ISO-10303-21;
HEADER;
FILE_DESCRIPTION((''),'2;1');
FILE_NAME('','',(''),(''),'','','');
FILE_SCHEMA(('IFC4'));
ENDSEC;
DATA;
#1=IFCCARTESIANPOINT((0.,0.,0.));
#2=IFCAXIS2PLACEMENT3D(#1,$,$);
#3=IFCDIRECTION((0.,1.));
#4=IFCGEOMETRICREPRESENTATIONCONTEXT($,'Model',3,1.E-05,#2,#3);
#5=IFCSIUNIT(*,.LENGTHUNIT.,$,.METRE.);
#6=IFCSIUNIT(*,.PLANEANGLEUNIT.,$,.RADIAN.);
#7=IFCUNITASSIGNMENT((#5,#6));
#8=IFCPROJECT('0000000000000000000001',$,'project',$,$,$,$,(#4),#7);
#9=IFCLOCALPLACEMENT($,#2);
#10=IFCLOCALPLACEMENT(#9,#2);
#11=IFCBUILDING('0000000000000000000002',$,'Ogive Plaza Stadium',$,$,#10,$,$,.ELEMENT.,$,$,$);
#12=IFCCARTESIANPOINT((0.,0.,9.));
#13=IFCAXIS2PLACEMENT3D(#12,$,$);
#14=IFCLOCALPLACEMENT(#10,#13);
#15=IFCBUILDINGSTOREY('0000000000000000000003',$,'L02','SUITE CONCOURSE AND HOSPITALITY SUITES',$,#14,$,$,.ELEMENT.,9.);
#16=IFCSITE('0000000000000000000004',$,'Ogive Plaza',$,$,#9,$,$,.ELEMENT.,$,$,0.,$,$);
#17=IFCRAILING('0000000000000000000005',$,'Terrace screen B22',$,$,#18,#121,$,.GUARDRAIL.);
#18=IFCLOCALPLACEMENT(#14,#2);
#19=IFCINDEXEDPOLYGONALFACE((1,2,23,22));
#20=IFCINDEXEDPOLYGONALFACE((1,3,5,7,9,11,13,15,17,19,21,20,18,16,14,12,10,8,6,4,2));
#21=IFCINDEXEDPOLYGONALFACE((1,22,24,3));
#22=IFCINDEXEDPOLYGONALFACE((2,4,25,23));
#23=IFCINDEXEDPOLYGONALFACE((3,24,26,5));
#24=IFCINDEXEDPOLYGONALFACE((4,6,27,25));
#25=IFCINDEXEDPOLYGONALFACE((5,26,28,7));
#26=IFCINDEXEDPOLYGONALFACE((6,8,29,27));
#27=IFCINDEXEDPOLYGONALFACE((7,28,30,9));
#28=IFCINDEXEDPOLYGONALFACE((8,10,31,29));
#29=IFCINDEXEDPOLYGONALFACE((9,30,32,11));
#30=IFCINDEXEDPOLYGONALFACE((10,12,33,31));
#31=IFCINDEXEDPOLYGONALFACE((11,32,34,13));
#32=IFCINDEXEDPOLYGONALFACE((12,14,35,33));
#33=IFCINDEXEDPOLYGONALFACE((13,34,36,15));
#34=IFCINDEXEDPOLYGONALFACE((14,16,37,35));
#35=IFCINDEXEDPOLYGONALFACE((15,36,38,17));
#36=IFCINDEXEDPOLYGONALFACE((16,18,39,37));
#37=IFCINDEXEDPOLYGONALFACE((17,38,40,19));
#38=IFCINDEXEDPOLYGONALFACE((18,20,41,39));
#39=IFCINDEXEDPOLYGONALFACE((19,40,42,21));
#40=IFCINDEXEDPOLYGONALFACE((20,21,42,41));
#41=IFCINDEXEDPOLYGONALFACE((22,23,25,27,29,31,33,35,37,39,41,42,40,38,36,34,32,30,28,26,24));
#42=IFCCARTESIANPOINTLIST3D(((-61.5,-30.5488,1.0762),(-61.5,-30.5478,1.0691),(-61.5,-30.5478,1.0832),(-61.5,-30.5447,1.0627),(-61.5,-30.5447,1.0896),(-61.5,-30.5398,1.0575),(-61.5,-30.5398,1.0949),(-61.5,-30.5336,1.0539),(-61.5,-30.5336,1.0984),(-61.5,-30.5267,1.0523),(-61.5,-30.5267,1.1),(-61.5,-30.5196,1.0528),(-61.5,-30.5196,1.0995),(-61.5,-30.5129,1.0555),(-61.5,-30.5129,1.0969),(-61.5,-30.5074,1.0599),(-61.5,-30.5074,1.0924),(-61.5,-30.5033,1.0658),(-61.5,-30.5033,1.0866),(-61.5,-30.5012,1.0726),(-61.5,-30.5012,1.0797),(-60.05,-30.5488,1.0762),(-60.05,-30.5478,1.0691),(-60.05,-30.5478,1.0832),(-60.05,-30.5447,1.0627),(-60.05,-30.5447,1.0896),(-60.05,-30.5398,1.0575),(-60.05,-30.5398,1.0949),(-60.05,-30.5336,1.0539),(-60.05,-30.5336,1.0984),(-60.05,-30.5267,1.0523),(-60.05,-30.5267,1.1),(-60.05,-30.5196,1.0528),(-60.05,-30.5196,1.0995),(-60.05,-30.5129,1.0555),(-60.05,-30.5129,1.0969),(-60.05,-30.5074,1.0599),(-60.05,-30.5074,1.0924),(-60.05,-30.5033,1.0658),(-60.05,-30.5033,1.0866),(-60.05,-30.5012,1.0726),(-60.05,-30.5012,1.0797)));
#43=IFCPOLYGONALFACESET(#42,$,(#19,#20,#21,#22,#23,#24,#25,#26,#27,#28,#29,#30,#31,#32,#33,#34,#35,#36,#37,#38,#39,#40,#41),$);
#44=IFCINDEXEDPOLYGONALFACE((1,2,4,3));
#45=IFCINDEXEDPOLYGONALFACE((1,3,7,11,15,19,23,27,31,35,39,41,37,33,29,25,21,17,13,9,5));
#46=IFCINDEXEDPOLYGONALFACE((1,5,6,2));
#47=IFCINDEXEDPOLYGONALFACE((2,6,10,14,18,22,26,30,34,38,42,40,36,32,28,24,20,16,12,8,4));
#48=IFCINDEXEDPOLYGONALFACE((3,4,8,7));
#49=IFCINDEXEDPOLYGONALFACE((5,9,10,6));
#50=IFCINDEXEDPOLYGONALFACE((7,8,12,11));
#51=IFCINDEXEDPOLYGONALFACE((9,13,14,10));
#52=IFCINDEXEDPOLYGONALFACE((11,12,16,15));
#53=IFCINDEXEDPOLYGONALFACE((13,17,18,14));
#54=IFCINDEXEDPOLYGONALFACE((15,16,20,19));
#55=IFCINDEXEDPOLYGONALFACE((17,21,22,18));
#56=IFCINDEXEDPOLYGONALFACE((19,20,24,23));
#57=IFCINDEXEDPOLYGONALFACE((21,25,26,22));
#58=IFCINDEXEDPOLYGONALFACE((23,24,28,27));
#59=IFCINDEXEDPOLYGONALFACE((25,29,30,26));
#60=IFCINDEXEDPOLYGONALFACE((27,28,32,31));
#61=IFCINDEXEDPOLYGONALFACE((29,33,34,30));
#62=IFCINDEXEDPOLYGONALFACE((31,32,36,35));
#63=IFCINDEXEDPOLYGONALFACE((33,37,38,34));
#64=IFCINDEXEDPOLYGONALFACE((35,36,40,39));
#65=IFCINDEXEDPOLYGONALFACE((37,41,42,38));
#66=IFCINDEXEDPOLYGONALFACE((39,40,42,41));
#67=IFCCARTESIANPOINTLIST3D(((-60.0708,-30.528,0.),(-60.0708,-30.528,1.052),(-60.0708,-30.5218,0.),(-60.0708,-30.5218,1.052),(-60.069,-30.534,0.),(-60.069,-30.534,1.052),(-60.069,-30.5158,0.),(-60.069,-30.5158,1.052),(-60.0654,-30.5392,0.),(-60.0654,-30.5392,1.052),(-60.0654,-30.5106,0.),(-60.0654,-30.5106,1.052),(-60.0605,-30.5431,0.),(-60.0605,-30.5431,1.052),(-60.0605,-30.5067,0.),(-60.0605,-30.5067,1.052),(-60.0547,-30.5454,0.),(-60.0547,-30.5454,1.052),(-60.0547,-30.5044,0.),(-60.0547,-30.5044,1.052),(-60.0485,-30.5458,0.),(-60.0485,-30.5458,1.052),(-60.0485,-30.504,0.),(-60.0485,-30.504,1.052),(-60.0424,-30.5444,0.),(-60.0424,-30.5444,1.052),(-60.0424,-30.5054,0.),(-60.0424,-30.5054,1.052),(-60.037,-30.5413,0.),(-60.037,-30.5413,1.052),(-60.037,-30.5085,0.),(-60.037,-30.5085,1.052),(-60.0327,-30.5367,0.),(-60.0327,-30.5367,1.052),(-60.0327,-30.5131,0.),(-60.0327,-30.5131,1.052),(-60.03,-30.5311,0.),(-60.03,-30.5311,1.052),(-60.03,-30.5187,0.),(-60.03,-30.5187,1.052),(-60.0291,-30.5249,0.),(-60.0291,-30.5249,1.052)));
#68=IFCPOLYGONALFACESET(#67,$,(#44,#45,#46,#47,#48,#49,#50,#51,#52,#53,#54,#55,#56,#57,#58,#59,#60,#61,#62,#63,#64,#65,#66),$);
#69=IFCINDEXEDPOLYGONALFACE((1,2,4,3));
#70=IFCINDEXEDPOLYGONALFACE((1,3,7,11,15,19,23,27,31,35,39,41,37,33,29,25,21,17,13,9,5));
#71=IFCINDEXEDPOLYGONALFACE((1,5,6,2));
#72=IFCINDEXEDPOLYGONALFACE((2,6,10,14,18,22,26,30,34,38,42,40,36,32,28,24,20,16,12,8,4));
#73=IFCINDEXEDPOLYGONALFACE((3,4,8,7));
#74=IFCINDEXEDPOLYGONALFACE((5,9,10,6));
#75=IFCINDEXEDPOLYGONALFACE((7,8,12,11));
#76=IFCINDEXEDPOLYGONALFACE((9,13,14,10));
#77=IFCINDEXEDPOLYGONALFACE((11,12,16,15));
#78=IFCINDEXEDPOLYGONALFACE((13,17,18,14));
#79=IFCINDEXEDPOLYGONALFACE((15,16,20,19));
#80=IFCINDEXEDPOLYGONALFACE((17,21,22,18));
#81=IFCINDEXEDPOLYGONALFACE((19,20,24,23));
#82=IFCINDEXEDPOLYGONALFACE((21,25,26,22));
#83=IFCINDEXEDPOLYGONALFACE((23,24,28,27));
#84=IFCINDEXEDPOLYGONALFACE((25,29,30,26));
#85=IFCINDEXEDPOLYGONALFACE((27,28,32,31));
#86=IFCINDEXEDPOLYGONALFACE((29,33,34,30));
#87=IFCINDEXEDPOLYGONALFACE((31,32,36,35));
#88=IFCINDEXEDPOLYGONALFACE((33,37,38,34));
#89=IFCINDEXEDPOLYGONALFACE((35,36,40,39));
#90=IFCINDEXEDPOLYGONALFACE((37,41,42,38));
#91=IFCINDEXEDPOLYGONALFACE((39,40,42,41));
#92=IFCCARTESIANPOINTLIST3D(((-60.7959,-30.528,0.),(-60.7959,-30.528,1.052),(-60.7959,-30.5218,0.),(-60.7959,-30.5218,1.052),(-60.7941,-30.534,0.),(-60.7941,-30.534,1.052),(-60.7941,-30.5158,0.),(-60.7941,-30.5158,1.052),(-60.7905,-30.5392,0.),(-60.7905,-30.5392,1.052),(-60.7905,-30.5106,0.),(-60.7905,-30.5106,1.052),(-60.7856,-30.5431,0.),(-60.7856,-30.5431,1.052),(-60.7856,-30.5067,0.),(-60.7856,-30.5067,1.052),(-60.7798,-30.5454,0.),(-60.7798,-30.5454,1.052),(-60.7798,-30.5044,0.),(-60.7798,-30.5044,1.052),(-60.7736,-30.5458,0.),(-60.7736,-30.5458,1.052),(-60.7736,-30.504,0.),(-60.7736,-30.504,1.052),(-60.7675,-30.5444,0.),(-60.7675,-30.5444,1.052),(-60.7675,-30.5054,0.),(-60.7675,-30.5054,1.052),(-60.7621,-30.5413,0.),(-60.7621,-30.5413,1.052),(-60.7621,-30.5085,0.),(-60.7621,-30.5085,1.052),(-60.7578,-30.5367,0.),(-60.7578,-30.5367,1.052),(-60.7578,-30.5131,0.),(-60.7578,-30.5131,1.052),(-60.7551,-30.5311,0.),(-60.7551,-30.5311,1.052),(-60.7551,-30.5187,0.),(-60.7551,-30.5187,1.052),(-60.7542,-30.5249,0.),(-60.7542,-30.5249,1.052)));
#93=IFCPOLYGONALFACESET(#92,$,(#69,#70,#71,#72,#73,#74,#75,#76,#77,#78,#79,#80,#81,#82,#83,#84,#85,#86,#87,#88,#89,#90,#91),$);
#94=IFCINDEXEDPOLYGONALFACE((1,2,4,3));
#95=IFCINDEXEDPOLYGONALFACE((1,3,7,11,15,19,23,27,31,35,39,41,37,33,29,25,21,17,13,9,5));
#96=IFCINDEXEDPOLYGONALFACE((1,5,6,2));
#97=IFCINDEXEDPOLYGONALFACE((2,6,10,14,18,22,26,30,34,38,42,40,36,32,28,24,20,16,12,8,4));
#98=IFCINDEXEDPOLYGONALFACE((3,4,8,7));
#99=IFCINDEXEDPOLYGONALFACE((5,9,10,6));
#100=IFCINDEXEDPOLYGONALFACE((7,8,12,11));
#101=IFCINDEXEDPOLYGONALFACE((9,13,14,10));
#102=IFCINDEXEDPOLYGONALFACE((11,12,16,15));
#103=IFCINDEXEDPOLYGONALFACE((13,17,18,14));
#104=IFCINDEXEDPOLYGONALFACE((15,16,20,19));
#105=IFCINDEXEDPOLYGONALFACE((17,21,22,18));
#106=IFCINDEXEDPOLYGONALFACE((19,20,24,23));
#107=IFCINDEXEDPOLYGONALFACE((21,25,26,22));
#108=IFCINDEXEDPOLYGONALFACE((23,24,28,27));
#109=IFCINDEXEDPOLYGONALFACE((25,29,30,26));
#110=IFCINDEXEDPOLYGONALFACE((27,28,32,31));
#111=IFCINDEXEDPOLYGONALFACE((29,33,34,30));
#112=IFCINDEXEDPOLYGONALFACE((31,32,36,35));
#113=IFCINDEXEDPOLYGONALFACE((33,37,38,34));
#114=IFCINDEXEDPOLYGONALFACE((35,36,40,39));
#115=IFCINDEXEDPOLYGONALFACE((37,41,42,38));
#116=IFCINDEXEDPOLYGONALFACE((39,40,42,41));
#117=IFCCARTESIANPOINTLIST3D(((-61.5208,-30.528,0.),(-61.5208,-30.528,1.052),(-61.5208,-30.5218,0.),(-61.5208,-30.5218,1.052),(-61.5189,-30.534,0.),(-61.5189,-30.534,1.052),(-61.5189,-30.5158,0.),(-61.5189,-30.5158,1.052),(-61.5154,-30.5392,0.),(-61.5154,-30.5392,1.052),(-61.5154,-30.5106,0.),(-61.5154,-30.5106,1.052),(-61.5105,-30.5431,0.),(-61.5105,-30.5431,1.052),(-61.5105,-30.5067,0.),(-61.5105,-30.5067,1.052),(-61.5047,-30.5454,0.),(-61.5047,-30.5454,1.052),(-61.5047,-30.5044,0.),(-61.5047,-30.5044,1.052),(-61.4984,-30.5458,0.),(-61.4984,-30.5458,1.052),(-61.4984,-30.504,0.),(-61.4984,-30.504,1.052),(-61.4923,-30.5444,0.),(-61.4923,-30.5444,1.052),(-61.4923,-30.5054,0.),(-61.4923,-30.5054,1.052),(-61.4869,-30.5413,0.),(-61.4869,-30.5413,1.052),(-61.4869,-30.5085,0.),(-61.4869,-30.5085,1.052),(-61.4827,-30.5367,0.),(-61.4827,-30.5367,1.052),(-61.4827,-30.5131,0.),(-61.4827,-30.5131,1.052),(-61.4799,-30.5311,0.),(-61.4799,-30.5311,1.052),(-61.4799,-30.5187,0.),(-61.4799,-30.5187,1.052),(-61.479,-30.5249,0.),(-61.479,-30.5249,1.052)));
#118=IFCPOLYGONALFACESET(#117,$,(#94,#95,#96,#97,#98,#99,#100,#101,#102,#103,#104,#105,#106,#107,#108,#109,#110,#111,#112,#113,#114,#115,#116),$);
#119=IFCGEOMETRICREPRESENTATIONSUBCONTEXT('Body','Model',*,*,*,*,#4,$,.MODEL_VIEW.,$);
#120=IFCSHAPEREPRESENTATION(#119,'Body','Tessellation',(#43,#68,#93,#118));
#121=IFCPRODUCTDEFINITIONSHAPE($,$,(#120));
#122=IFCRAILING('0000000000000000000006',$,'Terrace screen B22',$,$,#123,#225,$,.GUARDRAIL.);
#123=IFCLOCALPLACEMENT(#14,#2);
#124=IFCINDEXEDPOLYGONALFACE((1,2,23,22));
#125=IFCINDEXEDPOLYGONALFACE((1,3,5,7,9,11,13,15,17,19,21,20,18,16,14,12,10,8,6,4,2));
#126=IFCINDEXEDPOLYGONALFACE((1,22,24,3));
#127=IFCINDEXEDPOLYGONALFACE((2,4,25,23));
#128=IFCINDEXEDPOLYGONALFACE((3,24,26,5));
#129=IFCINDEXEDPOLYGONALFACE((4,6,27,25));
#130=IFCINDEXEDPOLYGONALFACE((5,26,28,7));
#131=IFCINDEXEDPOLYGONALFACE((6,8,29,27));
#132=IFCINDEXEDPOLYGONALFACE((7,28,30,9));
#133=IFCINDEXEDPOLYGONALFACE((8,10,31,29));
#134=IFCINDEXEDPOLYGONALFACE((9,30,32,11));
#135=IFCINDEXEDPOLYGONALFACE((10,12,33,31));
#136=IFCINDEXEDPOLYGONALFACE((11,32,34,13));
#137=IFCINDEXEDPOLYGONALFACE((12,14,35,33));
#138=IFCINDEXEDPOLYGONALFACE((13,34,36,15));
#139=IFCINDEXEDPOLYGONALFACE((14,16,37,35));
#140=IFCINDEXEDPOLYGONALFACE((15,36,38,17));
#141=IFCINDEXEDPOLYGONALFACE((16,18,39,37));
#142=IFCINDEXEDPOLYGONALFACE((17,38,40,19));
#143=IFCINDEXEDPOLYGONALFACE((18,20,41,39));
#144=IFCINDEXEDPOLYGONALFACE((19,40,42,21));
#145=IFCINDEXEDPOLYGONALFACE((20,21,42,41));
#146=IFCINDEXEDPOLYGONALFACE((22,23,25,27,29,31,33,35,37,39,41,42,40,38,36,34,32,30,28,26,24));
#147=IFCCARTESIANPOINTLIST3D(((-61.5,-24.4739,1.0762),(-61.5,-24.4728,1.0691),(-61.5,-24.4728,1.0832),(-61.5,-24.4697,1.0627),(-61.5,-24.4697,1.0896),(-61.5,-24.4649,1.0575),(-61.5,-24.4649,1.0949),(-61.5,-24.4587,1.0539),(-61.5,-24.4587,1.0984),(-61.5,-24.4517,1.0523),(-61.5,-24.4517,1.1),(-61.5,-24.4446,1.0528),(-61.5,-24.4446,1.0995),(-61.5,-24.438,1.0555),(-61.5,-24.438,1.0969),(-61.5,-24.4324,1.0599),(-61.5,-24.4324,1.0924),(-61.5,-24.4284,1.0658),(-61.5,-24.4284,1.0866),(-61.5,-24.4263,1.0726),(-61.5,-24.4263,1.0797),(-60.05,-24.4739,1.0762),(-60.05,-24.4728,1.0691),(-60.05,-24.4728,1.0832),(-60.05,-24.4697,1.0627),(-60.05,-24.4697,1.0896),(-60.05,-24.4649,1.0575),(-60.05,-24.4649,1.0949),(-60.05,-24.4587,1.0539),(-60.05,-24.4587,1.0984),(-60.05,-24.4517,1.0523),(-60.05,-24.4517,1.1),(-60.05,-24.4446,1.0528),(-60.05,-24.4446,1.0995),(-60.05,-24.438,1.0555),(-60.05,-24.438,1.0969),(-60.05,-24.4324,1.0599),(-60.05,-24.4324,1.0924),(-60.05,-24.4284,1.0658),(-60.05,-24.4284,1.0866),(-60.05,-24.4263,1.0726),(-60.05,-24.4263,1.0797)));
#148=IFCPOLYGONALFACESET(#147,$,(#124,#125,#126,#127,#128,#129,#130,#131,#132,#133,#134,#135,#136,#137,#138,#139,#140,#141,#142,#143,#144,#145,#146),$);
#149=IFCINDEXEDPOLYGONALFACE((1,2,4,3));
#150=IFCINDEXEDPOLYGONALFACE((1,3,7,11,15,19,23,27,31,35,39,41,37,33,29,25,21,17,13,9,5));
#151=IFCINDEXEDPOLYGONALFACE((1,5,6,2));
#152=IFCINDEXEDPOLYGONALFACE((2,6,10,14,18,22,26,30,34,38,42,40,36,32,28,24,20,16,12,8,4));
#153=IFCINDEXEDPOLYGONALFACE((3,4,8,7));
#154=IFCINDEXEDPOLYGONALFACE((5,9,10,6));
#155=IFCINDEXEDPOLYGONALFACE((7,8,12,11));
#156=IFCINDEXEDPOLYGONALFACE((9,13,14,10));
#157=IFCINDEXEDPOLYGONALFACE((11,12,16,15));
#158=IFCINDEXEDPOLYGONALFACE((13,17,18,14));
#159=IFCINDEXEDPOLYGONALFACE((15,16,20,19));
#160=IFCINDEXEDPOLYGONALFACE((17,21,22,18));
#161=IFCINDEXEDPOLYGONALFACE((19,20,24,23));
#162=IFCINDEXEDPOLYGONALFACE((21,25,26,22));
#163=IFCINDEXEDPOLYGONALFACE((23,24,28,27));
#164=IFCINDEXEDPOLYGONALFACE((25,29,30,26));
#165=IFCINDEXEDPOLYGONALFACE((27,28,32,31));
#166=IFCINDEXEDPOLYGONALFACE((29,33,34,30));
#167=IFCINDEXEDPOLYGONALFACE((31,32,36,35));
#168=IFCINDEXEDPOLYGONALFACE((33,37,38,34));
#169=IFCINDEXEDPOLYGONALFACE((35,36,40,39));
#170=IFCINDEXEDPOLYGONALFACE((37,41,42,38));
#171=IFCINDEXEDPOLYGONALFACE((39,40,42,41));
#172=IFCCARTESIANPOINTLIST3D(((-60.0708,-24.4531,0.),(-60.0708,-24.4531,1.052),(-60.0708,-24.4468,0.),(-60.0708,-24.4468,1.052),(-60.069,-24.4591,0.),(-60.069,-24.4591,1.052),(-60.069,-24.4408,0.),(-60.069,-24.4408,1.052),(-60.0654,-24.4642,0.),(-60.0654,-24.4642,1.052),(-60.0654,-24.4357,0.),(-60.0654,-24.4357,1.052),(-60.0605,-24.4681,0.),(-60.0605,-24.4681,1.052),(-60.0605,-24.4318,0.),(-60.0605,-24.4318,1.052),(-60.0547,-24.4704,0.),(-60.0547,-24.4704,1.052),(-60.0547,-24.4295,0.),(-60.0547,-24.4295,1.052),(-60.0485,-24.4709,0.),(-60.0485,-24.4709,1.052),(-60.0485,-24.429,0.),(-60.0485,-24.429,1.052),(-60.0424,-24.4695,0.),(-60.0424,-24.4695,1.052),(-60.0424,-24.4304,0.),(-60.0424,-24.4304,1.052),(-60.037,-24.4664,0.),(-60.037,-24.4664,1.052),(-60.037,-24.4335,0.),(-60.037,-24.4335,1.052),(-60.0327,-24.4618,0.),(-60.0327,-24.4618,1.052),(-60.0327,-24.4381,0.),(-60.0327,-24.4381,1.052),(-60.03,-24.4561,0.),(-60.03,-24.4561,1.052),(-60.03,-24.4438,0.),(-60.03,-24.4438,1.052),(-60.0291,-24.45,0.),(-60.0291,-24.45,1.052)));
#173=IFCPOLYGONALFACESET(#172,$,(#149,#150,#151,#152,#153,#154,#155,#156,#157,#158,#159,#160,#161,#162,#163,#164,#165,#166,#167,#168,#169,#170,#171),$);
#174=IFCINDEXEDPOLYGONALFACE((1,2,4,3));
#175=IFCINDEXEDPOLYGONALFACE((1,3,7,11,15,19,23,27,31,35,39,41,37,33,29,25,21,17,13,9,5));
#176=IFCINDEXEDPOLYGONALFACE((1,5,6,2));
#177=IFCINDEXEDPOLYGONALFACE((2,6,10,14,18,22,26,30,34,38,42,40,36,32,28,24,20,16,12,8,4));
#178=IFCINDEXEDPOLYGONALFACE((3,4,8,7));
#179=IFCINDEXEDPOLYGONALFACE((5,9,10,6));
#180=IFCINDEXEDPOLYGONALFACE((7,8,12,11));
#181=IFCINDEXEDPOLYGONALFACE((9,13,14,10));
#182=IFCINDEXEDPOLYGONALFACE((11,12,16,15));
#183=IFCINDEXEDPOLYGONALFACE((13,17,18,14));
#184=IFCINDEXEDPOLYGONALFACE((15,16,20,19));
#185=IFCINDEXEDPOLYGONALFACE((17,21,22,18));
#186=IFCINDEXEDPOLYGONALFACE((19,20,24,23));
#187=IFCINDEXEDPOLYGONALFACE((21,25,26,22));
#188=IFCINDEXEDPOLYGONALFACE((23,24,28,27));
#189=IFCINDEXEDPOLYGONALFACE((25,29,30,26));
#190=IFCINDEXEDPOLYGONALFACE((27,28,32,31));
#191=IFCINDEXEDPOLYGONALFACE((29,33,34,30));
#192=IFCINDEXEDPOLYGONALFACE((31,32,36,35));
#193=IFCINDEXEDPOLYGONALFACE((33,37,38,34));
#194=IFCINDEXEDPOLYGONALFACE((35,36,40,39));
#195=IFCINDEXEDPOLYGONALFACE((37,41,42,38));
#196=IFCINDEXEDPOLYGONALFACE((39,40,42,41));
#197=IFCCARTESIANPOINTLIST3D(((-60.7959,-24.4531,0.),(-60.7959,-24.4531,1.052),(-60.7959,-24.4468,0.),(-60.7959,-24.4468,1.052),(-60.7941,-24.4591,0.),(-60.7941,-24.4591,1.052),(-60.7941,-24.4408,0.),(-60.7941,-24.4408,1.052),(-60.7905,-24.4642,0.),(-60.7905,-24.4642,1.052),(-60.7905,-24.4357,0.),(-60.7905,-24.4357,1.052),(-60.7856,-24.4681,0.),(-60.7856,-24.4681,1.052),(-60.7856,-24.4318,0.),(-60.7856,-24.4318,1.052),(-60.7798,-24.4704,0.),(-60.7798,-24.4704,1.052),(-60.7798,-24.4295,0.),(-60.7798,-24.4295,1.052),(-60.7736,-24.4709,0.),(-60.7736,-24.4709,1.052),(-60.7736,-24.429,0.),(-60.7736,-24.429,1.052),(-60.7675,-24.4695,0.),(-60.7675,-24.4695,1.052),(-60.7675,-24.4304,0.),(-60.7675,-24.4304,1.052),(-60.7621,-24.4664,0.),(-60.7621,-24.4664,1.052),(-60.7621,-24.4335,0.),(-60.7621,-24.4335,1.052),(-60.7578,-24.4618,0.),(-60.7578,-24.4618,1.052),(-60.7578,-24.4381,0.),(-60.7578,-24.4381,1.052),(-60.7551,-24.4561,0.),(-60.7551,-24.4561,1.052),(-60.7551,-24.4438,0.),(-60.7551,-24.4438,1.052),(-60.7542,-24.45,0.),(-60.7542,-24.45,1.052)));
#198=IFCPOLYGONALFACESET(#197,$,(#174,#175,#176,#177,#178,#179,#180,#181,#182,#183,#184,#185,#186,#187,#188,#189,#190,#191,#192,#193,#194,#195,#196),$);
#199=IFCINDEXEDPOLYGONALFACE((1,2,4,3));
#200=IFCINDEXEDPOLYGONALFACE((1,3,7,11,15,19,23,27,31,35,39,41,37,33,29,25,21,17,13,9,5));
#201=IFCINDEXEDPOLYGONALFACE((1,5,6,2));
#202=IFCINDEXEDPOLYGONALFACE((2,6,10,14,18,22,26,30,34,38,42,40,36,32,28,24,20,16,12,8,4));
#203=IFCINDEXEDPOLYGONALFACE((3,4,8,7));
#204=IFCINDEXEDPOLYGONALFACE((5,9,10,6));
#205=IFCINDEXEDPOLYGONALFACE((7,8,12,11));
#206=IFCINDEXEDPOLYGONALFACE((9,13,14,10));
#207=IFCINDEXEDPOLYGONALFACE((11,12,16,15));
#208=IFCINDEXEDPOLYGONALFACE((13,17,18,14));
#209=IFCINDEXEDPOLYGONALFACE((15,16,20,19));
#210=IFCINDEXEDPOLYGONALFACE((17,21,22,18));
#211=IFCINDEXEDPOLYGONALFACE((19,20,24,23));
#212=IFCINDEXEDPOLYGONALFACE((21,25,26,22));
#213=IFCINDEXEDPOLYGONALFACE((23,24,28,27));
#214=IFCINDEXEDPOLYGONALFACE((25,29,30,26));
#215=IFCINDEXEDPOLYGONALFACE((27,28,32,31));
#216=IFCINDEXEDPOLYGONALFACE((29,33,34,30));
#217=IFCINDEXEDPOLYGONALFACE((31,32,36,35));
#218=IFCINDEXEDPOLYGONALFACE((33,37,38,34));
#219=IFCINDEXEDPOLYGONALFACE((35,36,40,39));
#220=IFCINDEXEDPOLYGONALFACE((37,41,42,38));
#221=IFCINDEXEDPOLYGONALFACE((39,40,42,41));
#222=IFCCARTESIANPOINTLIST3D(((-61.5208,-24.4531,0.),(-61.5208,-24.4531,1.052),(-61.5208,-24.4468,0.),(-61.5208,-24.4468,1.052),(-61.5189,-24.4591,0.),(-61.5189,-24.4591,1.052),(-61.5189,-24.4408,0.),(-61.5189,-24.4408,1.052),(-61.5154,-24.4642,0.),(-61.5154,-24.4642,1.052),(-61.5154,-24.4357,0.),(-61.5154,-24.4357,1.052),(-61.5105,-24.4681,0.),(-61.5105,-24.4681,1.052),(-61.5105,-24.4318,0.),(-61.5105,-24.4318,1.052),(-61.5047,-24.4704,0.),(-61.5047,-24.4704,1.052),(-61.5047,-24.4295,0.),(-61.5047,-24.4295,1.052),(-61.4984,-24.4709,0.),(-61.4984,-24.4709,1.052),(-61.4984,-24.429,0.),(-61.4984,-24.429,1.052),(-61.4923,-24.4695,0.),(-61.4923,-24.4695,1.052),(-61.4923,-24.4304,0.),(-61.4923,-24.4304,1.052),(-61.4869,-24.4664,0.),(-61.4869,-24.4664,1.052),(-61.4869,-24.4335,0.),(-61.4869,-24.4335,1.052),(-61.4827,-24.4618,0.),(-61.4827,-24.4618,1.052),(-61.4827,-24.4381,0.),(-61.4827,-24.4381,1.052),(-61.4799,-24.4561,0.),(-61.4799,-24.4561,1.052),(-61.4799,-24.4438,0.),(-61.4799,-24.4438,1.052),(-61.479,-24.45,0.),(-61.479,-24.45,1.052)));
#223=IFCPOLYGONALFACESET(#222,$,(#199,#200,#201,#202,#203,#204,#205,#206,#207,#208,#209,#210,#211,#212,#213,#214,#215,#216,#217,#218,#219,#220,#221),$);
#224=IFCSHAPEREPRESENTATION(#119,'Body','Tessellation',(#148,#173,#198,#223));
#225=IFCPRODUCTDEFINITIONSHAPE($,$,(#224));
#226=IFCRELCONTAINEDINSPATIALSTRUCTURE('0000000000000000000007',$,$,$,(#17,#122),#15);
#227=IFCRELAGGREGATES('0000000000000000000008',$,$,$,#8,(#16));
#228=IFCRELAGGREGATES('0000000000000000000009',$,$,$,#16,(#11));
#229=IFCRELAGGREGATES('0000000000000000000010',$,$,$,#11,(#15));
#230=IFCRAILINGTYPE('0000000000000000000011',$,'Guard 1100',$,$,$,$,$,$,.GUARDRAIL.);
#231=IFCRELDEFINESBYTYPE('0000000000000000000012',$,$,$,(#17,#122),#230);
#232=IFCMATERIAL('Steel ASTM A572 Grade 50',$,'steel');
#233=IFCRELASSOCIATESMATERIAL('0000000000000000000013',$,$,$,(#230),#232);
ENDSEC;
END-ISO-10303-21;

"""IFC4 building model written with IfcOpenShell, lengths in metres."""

from ifc_helpers import new_model, si_unit, direction, frame, origin, origin_2d, place, context, subcontext, project, spatial, circle, extrude, material, type_object, element, save


model = new_model("IFC4")

# Units and contexts
model_context = context("Model", 3, precision=1e-05, world=origin(), true_north=direction((0.0, 1.0)))
body_context = subcontext(model_context, "Body", "Model", "MODEL_VIEW")
ifc_project = project(units=[si_unit("LENGTHUNIT", "METRE"), si_unit("PLANEANGLEUNIT", "RADIAN")], contexts=[model_context])

# Site, building, storey
site_placement = place(None, origin())
site = spatial("IfcSite", under=ifc_project, at=site_placement, Name="Ogive Plaza", CompositionType="ELEMENT", RefElevation=0.0)
building_placement = place(site_placement, origin())
building = spatial("IfcBuilding", under=site, at=building_placement, Name="Ogive Plaza Stadium", CompositionType="ELEMENT")
storey_placement = place(building_placement, frame((0.0, 0.0, 9.0)))
storey = spatial("IfcBuildingStorey", under=building, at=storey_placement, Name="L02", Description="SUITE CONCOURSE AND HOSPITALITY SUITES", CompositionType="ELEMENT", Elevation=9.0)

# Railings
ifc_material_1 = material(Name="Steel ASTM A572 Grade 50", Category="steel")
railing_type = type_object("IfcRailingType", Name="Guard 1100", PredefinedType="GUARDRAIL", material=ifc_material_1)
for number, where, name in (
    (1, (-60.05, -30.5249, 0.0), "Terrace screen B22"),
    (2, (-60.05, -24.45, 0.0), "Terrace screen B22"),
):
    element("IfcRailing", number, at=place(storey_placement, frame(where)), inside=storey, type_object=railing_type, Name=name, PredefinedType="GUARDRAIL", context=body_context, shape_type="SweptSolid", body=[
        extrude(circle(Radius=0.0239, at=origin_2d()), frame((0.0, 0.0, 1.0762), z_axis=(-1.0, 0.0, 0.0), x_axis=(0.0, -1.0, 0.0)), (0.0, 0.0, 1.0), 1.45),
        extrude(circle(Radius=0.021, at=origin_2d()), origin(), (0.0, 0.0, 1.0), 1.052),
        extrude(circle(Radius=0.021, at=origin_2d()), frame((-0.7251, 0.0, 0.0)), (0.0, 0.0, 1.0), 1.052),
        extrude(circle(Radius=0.021, at=origin_2d()), frame((-1.45, 0.0, 0.0)), (0.0, 0.0, 1.0), 1.052),
    ])

save(model, "model.ifc")
